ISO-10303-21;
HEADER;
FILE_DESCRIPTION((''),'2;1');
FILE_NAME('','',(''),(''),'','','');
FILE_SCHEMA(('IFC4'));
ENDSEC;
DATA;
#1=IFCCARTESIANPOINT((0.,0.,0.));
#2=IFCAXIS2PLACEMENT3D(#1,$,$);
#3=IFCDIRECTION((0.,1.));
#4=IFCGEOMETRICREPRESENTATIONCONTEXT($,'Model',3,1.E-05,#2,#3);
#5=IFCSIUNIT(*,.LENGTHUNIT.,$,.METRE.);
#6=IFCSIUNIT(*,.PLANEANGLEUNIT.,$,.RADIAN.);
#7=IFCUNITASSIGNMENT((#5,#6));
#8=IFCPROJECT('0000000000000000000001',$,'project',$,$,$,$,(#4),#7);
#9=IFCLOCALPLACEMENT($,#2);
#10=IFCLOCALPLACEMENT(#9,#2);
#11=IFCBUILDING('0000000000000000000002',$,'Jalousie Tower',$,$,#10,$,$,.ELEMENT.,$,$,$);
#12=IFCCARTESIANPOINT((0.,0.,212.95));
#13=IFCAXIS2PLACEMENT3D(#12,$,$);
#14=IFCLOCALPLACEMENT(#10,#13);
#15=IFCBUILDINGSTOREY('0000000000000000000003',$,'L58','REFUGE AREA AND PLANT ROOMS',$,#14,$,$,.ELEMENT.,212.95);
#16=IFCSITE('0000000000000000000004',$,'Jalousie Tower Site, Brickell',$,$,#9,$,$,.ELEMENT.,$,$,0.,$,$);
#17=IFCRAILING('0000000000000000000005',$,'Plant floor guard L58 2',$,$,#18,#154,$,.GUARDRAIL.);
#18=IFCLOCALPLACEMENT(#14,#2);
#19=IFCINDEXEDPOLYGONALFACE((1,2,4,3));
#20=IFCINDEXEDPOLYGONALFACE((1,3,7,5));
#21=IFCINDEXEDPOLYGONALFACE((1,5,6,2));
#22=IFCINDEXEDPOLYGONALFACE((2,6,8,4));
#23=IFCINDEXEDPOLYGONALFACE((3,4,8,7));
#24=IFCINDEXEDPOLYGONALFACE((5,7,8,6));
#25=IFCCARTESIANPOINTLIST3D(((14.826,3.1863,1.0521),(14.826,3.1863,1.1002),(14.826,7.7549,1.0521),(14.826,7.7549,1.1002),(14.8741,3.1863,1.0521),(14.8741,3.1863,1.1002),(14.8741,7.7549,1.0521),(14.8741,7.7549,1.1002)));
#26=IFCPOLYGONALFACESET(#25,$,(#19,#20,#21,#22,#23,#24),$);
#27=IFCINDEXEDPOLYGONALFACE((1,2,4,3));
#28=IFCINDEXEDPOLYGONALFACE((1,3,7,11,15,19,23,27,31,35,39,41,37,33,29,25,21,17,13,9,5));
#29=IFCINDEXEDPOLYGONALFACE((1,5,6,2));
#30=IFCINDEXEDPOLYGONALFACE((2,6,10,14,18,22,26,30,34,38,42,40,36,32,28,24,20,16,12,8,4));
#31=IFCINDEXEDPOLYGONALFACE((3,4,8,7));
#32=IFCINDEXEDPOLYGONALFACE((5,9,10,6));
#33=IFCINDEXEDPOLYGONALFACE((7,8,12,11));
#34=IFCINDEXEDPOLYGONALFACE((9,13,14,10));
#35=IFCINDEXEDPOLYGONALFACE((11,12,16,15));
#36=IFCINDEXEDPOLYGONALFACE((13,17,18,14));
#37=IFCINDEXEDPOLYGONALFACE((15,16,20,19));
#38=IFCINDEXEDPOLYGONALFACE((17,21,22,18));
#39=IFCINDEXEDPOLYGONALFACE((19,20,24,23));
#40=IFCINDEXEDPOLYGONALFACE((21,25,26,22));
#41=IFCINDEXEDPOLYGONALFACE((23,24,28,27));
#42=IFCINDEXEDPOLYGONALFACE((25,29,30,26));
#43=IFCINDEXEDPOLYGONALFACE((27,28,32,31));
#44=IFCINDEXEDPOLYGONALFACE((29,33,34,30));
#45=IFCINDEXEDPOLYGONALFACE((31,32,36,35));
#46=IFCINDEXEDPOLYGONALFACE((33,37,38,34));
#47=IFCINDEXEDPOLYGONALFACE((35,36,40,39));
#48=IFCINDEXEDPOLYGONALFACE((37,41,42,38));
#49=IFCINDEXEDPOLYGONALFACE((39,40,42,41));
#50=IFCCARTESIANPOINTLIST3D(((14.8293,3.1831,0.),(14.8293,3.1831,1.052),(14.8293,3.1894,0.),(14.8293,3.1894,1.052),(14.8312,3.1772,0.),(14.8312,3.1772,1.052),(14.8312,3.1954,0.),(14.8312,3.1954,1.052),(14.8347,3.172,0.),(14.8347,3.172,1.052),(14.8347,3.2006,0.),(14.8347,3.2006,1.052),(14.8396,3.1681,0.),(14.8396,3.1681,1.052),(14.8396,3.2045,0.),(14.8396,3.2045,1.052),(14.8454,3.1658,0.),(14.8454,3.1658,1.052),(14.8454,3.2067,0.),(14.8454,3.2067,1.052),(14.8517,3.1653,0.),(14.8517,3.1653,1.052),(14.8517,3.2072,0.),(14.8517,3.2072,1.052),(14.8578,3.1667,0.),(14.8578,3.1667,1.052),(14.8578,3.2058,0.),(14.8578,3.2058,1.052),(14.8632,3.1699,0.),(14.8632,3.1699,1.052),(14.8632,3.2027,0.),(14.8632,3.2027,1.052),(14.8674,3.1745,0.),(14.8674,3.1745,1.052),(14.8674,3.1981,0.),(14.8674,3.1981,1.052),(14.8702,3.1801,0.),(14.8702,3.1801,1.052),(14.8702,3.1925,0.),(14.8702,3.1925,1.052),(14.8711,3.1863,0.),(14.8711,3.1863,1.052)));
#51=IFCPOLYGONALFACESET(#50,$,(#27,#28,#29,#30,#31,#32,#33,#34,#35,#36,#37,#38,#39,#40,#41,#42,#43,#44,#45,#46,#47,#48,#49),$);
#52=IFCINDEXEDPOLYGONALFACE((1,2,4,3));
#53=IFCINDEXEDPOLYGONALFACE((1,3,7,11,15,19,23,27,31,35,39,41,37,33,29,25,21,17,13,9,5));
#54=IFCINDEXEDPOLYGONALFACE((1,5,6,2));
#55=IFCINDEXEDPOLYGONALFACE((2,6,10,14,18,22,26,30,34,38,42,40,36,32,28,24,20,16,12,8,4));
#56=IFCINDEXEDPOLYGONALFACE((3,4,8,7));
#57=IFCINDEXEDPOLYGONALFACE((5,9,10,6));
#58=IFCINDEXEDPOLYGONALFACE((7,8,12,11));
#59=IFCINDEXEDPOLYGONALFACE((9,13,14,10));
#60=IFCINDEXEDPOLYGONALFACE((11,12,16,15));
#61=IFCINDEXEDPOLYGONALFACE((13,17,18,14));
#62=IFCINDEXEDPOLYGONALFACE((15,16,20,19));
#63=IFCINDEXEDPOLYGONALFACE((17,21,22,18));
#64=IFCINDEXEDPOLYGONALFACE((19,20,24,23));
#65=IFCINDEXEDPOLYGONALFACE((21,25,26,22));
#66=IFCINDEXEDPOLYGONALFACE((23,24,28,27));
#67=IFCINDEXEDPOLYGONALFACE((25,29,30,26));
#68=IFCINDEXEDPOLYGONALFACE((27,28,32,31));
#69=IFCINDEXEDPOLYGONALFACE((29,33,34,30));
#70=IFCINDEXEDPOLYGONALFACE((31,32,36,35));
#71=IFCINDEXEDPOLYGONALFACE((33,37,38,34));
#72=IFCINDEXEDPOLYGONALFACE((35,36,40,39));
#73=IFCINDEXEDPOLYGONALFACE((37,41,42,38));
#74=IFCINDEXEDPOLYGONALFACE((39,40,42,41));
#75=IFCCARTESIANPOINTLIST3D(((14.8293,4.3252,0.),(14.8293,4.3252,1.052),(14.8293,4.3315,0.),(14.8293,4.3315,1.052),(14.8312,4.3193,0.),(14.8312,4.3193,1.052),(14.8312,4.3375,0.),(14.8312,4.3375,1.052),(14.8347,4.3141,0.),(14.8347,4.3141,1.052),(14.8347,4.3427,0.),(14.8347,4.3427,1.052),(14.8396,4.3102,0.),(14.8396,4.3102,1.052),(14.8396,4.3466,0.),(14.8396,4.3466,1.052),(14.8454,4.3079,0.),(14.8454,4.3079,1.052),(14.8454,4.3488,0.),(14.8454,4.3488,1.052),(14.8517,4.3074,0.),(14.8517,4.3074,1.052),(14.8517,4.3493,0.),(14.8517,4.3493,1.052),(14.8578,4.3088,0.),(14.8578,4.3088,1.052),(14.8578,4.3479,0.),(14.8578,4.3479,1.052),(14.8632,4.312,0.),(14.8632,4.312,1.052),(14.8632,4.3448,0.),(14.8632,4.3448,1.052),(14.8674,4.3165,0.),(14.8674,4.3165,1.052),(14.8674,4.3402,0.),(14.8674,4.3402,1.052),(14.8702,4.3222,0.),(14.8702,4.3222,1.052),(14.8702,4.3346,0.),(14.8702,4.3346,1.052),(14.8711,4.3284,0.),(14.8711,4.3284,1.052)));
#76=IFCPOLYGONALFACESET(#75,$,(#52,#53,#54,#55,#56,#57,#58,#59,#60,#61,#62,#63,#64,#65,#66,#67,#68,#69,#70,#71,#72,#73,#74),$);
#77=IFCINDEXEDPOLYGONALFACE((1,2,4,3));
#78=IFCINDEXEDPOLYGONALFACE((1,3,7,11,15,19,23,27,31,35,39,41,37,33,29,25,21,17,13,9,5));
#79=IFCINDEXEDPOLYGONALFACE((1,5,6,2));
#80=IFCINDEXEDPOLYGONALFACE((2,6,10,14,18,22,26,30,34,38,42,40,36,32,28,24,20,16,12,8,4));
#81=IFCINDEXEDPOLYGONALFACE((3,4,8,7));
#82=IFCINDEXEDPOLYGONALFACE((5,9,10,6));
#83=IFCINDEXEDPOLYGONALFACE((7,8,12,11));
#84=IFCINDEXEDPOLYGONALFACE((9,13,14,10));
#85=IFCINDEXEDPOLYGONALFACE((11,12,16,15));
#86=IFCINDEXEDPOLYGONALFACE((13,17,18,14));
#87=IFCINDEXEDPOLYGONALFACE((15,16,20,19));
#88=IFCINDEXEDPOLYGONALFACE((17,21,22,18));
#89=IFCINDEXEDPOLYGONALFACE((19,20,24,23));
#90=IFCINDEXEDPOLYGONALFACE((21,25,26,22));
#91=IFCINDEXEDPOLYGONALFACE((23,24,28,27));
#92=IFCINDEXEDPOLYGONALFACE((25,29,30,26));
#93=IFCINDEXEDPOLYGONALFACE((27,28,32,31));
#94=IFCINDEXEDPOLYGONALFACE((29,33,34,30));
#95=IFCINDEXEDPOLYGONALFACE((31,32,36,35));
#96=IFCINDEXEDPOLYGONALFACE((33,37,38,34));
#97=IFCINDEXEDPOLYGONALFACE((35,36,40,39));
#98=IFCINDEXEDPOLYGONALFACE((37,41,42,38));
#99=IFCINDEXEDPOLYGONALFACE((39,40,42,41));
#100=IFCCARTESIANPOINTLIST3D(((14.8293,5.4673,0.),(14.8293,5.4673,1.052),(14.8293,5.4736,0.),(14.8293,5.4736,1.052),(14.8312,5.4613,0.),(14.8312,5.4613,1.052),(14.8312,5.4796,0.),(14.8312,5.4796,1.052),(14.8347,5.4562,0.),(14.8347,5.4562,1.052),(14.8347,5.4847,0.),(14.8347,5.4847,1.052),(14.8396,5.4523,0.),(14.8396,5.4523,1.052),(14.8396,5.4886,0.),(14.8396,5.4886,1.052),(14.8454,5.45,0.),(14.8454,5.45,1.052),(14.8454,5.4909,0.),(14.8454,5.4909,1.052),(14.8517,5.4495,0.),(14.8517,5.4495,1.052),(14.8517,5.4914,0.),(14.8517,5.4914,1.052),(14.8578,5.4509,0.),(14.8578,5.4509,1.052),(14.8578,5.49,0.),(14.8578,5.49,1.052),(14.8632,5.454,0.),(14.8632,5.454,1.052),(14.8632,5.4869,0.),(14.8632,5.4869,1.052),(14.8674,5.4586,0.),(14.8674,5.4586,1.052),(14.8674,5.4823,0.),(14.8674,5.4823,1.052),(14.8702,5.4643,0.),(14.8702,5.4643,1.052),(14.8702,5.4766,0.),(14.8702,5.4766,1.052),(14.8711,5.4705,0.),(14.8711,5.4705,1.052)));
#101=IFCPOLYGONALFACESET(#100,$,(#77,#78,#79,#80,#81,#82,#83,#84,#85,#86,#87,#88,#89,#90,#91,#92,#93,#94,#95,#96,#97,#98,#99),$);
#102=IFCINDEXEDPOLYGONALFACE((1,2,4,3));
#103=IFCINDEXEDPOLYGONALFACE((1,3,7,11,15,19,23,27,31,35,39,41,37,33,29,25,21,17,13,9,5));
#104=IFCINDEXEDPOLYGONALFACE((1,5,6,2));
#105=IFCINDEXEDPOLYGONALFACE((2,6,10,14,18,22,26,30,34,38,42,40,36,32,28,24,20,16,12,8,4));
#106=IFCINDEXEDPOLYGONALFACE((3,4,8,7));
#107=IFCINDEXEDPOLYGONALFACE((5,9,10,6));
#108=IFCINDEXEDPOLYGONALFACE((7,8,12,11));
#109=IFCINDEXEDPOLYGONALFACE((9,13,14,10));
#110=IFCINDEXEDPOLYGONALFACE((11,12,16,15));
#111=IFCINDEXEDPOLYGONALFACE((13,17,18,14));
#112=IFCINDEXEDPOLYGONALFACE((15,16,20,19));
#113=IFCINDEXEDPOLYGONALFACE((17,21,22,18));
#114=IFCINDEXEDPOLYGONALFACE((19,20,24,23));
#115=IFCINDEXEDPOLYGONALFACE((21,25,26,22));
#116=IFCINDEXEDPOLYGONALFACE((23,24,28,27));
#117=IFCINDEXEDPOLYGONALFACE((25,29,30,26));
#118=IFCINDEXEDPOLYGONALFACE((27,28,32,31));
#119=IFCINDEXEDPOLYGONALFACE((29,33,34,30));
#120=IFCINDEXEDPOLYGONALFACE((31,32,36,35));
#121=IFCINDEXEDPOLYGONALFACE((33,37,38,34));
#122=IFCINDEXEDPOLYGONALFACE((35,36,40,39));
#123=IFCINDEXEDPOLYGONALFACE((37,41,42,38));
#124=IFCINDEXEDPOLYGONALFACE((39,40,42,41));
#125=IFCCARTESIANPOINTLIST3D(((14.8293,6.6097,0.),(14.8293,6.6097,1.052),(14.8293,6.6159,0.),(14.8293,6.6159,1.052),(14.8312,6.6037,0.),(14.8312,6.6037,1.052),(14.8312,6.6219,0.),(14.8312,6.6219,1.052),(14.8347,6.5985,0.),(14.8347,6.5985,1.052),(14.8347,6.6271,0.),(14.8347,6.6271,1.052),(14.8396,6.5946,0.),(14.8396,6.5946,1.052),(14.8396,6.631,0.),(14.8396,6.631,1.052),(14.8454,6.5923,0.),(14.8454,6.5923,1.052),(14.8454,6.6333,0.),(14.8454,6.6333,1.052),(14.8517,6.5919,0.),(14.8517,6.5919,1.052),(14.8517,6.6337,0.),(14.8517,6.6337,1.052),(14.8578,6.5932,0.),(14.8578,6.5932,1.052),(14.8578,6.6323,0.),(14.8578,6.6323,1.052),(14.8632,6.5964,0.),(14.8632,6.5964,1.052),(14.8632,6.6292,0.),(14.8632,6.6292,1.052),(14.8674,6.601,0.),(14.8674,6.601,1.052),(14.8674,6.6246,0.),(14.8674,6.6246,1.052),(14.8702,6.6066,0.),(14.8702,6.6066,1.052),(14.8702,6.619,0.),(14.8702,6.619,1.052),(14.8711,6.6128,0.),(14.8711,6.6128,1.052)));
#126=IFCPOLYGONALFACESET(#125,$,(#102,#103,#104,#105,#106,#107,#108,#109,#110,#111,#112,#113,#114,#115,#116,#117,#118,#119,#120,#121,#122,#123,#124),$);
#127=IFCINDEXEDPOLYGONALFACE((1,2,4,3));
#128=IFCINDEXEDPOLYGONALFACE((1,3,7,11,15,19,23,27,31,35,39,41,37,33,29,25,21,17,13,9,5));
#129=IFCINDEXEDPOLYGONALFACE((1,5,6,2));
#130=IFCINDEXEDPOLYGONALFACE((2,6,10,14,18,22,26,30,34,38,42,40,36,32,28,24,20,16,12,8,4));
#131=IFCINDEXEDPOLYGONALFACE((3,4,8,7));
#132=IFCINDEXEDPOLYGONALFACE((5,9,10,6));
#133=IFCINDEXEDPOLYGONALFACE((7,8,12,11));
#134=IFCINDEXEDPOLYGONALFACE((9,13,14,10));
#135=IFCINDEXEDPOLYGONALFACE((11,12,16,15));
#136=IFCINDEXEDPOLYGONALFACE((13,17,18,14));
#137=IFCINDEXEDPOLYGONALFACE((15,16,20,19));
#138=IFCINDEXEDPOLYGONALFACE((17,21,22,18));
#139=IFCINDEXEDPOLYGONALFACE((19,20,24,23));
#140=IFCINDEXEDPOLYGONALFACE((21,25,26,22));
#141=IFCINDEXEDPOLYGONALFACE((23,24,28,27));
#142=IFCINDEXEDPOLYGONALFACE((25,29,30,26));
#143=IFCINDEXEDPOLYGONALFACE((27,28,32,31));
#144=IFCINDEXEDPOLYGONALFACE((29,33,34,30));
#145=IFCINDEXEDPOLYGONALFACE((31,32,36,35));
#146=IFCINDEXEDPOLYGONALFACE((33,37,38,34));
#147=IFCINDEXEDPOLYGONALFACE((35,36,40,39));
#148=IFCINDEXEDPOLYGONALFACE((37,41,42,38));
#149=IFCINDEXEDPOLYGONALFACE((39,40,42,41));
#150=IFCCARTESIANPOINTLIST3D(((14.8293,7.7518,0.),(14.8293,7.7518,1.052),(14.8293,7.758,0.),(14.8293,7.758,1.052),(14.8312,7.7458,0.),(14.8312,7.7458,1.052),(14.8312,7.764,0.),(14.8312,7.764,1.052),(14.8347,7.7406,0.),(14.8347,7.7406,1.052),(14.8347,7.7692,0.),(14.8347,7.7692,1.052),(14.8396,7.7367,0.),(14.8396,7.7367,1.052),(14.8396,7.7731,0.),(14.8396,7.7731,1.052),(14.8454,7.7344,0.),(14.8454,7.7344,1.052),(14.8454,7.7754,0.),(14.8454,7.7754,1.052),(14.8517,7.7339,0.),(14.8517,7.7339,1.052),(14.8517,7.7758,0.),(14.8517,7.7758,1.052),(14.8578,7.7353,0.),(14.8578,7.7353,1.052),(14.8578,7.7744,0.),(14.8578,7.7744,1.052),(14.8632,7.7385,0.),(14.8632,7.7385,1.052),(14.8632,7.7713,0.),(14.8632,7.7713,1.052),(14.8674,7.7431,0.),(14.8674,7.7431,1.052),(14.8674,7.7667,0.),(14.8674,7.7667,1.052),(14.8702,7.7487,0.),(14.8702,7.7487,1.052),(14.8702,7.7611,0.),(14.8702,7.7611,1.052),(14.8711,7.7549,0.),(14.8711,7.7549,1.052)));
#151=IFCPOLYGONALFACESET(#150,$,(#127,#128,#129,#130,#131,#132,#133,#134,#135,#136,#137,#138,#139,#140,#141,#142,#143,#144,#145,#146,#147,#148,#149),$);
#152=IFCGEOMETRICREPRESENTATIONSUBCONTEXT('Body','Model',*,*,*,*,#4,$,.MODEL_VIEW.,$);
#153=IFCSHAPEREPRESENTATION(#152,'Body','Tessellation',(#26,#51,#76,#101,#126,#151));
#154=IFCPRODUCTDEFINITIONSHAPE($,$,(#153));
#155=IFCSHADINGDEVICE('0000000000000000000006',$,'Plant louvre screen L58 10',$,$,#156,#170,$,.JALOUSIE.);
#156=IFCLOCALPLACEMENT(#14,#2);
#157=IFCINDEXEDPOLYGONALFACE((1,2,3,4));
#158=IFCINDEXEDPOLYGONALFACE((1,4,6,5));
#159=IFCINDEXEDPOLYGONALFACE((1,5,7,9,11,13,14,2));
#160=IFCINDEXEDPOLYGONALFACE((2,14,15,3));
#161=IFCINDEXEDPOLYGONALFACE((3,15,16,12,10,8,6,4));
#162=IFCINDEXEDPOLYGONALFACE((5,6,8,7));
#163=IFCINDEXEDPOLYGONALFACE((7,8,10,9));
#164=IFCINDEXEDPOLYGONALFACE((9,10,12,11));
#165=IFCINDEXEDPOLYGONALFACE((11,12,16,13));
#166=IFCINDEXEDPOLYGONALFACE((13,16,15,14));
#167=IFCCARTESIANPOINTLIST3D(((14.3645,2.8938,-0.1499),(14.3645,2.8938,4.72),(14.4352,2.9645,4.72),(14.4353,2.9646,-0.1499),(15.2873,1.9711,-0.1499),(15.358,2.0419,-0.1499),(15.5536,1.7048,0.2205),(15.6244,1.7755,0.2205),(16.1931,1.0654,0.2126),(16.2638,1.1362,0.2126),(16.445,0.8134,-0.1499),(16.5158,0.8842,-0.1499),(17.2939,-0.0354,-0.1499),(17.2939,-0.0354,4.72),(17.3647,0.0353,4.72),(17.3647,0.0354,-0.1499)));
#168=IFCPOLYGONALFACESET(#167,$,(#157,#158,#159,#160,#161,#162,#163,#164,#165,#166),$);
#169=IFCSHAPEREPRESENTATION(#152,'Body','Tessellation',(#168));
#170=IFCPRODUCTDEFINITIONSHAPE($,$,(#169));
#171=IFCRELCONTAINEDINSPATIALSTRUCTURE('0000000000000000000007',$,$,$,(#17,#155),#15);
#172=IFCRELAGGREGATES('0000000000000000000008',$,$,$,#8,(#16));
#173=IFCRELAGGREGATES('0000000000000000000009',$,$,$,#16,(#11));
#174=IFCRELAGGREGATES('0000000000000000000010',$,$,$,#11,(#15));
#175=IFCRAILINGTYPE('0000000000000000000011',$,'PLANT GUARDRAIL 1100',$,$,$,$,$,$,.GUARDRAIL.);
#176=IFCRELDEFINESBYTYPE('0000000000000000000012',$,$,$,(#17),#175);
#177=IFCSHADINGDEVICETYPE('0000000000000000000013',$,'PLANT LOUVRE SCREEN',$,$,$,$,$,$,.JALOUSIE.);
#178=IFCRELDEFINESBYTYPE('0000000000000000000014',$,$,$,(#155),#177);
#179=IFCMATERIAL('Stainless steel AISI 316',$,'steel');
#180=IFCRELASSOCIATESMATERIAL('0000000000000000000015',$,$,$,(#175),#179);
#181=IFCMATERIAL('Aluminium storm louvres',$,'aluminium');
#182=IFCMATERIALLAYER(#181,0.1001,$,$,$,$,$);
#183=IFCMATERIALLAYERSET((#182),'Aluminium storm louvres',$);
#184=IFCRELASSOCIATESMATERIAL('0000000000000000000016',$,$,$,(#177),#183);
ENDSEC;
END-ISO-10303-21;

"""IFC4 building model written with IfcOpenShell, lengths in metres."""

from ifc_helpers import new_model, si_unit, direction, frame, origin, origin_2d, place, context, subcontext, project, spatial, polyline, rectangle, circle, outline, extrude, material, layer, layer_set, type_object, element, save


model = new_model("IFC4")

# Units and contexts
model_context = context("Model", 3, precision=1e-05, world=origin(), true_north=direction((0.0, 1.0)))
body_context = subcontext(model_context, "Body", "Model", "MODEL_VIEW")
ifc_project = project(units=[si_unit("LENGTHUNIT", "METRE"), si_unit("PLANEANGLEUNIT", "RADIAN")], contexts=[model_context])

# Site, building, storey
site_placement = place(None, origin())
site = spatial("IfcSite", under=ifc_project, at=site_placement, Name="Jalousie Tower Site, Brickell", CompositionType="ELEMENT", RefElevation=0.0)
building_placement = place(site_placement, origin())
building = spatial("IfcBuilding", under=site, at=building_placement, Name="Jalousie Tower", CompositionType="ELEMENT")
storey_placement = place(building_placement, frame((0.0, 0.0, 212.95)))
storey = spatial("IfcBuildingStorey", under=building, at=storey_placement, Name="L58", Description="REFUGE AREA AND PLANT ROOMS", CompositionType="ELEMENT", Elevation=212.95)

# Railing
ifc_material_1 = material(Name="Stainless steel AISI 316", Category="steel")
railing_type = type_object("IfcRailingType", Name="PLANT GUARDRAIL 1100", PredefinedType="GUARDRAIL", material=ifc_material_1)
railing_1_placement = place(storey_placement, frame((14.8501, 3.1863, 0.0)))
element("IfcRailing", 1, at=railing_1_placement, inside=storey, type_object=railing_type, Name="Plant floor guard L58 2", PredefinedType="GUARDRAIL", context=body_context, shape_type="SweptSolid", body=[
    extrude(rectangle(XDim=0.0481, YDim=0.0481, at=origin_2d()), frame((0.0, 0.0, 1.0762), z_axis=(0.0, 1.0, 0.0), x_axis=(-1.0, 0.0, 0.0)), (0.0, 0.0, 1.0), 4.5686),
    extrude(circle(Radius=0.021, at=origin_2d()), origin(), (0.0, 0.0, 1.0), 1.052),
    extrude(circle(Radius=0.021, at=origin_2d()), frame((0.0, 1.1421, 0.0)), (0.0, 0.0, 1.0), 1.052),
    extrude(circle(Radius=0.021, at=origin_2d()), frame((0.0, 2.2842, 0.0)), (0.0, 0.0, 1.0), 1.052),
    extrude(circle(Radius=0.021, at=origin_2d()), frame((0.0, 3.4265, 0.0)), (0.0, 0.0, 1.0), 1.052),
    extrude(circle(Radius=0.021, at=origin_2d()), frame((0.0, 4.5686, 0.0)), (0.0, 0.0, 1.0), 1.052),
])

# Shading device
ifc_material_2 = material(Name="Aluminium storm louvres", Category="aluminium")
ifc_layer_1 = layer(ifc_material_2, 0.1001)
ifc_layer_set_1 = layer_set([ifc_layer_1], Name="Aluminium storm louvres")
shading_device_type = type_object("IfcShadingDeviceType", Name="PLANT LOUVRE SCREEN", PredefinedType="JALOUSIE", material=ifc_layer_set_1)
shading_device_placement = place(storey_placement, frame((14.3645, 2.8938, -0.1499), z_axis=(-0.707077, -0.707137, -0.000012), x_axis=(0.707137, -0.707077, 0.0)))
element("IfcShadingDevice", 2, at=shading_device_placement, inside=storey, type_object=shading_device_type, Name="Plant louvre screen L58 10", PredefinedType="JALOUSIE", context=body_context, shape_type="SweptSolid", body=[
    extrude(outline(polyline([(0.0, 0.0), (1.3049, 0.0), (1.6816, 0.3704), (2.5859, 0.3625), (2.9422, 0.0), (4.1427, 0.0), (4.1427, 4.8699), (0.0, 4.8699), (0.0, 0.0)])), origin(), (0.0, 0.0, -1.0), 0.1001),
])

save(model, "model.ifc")
